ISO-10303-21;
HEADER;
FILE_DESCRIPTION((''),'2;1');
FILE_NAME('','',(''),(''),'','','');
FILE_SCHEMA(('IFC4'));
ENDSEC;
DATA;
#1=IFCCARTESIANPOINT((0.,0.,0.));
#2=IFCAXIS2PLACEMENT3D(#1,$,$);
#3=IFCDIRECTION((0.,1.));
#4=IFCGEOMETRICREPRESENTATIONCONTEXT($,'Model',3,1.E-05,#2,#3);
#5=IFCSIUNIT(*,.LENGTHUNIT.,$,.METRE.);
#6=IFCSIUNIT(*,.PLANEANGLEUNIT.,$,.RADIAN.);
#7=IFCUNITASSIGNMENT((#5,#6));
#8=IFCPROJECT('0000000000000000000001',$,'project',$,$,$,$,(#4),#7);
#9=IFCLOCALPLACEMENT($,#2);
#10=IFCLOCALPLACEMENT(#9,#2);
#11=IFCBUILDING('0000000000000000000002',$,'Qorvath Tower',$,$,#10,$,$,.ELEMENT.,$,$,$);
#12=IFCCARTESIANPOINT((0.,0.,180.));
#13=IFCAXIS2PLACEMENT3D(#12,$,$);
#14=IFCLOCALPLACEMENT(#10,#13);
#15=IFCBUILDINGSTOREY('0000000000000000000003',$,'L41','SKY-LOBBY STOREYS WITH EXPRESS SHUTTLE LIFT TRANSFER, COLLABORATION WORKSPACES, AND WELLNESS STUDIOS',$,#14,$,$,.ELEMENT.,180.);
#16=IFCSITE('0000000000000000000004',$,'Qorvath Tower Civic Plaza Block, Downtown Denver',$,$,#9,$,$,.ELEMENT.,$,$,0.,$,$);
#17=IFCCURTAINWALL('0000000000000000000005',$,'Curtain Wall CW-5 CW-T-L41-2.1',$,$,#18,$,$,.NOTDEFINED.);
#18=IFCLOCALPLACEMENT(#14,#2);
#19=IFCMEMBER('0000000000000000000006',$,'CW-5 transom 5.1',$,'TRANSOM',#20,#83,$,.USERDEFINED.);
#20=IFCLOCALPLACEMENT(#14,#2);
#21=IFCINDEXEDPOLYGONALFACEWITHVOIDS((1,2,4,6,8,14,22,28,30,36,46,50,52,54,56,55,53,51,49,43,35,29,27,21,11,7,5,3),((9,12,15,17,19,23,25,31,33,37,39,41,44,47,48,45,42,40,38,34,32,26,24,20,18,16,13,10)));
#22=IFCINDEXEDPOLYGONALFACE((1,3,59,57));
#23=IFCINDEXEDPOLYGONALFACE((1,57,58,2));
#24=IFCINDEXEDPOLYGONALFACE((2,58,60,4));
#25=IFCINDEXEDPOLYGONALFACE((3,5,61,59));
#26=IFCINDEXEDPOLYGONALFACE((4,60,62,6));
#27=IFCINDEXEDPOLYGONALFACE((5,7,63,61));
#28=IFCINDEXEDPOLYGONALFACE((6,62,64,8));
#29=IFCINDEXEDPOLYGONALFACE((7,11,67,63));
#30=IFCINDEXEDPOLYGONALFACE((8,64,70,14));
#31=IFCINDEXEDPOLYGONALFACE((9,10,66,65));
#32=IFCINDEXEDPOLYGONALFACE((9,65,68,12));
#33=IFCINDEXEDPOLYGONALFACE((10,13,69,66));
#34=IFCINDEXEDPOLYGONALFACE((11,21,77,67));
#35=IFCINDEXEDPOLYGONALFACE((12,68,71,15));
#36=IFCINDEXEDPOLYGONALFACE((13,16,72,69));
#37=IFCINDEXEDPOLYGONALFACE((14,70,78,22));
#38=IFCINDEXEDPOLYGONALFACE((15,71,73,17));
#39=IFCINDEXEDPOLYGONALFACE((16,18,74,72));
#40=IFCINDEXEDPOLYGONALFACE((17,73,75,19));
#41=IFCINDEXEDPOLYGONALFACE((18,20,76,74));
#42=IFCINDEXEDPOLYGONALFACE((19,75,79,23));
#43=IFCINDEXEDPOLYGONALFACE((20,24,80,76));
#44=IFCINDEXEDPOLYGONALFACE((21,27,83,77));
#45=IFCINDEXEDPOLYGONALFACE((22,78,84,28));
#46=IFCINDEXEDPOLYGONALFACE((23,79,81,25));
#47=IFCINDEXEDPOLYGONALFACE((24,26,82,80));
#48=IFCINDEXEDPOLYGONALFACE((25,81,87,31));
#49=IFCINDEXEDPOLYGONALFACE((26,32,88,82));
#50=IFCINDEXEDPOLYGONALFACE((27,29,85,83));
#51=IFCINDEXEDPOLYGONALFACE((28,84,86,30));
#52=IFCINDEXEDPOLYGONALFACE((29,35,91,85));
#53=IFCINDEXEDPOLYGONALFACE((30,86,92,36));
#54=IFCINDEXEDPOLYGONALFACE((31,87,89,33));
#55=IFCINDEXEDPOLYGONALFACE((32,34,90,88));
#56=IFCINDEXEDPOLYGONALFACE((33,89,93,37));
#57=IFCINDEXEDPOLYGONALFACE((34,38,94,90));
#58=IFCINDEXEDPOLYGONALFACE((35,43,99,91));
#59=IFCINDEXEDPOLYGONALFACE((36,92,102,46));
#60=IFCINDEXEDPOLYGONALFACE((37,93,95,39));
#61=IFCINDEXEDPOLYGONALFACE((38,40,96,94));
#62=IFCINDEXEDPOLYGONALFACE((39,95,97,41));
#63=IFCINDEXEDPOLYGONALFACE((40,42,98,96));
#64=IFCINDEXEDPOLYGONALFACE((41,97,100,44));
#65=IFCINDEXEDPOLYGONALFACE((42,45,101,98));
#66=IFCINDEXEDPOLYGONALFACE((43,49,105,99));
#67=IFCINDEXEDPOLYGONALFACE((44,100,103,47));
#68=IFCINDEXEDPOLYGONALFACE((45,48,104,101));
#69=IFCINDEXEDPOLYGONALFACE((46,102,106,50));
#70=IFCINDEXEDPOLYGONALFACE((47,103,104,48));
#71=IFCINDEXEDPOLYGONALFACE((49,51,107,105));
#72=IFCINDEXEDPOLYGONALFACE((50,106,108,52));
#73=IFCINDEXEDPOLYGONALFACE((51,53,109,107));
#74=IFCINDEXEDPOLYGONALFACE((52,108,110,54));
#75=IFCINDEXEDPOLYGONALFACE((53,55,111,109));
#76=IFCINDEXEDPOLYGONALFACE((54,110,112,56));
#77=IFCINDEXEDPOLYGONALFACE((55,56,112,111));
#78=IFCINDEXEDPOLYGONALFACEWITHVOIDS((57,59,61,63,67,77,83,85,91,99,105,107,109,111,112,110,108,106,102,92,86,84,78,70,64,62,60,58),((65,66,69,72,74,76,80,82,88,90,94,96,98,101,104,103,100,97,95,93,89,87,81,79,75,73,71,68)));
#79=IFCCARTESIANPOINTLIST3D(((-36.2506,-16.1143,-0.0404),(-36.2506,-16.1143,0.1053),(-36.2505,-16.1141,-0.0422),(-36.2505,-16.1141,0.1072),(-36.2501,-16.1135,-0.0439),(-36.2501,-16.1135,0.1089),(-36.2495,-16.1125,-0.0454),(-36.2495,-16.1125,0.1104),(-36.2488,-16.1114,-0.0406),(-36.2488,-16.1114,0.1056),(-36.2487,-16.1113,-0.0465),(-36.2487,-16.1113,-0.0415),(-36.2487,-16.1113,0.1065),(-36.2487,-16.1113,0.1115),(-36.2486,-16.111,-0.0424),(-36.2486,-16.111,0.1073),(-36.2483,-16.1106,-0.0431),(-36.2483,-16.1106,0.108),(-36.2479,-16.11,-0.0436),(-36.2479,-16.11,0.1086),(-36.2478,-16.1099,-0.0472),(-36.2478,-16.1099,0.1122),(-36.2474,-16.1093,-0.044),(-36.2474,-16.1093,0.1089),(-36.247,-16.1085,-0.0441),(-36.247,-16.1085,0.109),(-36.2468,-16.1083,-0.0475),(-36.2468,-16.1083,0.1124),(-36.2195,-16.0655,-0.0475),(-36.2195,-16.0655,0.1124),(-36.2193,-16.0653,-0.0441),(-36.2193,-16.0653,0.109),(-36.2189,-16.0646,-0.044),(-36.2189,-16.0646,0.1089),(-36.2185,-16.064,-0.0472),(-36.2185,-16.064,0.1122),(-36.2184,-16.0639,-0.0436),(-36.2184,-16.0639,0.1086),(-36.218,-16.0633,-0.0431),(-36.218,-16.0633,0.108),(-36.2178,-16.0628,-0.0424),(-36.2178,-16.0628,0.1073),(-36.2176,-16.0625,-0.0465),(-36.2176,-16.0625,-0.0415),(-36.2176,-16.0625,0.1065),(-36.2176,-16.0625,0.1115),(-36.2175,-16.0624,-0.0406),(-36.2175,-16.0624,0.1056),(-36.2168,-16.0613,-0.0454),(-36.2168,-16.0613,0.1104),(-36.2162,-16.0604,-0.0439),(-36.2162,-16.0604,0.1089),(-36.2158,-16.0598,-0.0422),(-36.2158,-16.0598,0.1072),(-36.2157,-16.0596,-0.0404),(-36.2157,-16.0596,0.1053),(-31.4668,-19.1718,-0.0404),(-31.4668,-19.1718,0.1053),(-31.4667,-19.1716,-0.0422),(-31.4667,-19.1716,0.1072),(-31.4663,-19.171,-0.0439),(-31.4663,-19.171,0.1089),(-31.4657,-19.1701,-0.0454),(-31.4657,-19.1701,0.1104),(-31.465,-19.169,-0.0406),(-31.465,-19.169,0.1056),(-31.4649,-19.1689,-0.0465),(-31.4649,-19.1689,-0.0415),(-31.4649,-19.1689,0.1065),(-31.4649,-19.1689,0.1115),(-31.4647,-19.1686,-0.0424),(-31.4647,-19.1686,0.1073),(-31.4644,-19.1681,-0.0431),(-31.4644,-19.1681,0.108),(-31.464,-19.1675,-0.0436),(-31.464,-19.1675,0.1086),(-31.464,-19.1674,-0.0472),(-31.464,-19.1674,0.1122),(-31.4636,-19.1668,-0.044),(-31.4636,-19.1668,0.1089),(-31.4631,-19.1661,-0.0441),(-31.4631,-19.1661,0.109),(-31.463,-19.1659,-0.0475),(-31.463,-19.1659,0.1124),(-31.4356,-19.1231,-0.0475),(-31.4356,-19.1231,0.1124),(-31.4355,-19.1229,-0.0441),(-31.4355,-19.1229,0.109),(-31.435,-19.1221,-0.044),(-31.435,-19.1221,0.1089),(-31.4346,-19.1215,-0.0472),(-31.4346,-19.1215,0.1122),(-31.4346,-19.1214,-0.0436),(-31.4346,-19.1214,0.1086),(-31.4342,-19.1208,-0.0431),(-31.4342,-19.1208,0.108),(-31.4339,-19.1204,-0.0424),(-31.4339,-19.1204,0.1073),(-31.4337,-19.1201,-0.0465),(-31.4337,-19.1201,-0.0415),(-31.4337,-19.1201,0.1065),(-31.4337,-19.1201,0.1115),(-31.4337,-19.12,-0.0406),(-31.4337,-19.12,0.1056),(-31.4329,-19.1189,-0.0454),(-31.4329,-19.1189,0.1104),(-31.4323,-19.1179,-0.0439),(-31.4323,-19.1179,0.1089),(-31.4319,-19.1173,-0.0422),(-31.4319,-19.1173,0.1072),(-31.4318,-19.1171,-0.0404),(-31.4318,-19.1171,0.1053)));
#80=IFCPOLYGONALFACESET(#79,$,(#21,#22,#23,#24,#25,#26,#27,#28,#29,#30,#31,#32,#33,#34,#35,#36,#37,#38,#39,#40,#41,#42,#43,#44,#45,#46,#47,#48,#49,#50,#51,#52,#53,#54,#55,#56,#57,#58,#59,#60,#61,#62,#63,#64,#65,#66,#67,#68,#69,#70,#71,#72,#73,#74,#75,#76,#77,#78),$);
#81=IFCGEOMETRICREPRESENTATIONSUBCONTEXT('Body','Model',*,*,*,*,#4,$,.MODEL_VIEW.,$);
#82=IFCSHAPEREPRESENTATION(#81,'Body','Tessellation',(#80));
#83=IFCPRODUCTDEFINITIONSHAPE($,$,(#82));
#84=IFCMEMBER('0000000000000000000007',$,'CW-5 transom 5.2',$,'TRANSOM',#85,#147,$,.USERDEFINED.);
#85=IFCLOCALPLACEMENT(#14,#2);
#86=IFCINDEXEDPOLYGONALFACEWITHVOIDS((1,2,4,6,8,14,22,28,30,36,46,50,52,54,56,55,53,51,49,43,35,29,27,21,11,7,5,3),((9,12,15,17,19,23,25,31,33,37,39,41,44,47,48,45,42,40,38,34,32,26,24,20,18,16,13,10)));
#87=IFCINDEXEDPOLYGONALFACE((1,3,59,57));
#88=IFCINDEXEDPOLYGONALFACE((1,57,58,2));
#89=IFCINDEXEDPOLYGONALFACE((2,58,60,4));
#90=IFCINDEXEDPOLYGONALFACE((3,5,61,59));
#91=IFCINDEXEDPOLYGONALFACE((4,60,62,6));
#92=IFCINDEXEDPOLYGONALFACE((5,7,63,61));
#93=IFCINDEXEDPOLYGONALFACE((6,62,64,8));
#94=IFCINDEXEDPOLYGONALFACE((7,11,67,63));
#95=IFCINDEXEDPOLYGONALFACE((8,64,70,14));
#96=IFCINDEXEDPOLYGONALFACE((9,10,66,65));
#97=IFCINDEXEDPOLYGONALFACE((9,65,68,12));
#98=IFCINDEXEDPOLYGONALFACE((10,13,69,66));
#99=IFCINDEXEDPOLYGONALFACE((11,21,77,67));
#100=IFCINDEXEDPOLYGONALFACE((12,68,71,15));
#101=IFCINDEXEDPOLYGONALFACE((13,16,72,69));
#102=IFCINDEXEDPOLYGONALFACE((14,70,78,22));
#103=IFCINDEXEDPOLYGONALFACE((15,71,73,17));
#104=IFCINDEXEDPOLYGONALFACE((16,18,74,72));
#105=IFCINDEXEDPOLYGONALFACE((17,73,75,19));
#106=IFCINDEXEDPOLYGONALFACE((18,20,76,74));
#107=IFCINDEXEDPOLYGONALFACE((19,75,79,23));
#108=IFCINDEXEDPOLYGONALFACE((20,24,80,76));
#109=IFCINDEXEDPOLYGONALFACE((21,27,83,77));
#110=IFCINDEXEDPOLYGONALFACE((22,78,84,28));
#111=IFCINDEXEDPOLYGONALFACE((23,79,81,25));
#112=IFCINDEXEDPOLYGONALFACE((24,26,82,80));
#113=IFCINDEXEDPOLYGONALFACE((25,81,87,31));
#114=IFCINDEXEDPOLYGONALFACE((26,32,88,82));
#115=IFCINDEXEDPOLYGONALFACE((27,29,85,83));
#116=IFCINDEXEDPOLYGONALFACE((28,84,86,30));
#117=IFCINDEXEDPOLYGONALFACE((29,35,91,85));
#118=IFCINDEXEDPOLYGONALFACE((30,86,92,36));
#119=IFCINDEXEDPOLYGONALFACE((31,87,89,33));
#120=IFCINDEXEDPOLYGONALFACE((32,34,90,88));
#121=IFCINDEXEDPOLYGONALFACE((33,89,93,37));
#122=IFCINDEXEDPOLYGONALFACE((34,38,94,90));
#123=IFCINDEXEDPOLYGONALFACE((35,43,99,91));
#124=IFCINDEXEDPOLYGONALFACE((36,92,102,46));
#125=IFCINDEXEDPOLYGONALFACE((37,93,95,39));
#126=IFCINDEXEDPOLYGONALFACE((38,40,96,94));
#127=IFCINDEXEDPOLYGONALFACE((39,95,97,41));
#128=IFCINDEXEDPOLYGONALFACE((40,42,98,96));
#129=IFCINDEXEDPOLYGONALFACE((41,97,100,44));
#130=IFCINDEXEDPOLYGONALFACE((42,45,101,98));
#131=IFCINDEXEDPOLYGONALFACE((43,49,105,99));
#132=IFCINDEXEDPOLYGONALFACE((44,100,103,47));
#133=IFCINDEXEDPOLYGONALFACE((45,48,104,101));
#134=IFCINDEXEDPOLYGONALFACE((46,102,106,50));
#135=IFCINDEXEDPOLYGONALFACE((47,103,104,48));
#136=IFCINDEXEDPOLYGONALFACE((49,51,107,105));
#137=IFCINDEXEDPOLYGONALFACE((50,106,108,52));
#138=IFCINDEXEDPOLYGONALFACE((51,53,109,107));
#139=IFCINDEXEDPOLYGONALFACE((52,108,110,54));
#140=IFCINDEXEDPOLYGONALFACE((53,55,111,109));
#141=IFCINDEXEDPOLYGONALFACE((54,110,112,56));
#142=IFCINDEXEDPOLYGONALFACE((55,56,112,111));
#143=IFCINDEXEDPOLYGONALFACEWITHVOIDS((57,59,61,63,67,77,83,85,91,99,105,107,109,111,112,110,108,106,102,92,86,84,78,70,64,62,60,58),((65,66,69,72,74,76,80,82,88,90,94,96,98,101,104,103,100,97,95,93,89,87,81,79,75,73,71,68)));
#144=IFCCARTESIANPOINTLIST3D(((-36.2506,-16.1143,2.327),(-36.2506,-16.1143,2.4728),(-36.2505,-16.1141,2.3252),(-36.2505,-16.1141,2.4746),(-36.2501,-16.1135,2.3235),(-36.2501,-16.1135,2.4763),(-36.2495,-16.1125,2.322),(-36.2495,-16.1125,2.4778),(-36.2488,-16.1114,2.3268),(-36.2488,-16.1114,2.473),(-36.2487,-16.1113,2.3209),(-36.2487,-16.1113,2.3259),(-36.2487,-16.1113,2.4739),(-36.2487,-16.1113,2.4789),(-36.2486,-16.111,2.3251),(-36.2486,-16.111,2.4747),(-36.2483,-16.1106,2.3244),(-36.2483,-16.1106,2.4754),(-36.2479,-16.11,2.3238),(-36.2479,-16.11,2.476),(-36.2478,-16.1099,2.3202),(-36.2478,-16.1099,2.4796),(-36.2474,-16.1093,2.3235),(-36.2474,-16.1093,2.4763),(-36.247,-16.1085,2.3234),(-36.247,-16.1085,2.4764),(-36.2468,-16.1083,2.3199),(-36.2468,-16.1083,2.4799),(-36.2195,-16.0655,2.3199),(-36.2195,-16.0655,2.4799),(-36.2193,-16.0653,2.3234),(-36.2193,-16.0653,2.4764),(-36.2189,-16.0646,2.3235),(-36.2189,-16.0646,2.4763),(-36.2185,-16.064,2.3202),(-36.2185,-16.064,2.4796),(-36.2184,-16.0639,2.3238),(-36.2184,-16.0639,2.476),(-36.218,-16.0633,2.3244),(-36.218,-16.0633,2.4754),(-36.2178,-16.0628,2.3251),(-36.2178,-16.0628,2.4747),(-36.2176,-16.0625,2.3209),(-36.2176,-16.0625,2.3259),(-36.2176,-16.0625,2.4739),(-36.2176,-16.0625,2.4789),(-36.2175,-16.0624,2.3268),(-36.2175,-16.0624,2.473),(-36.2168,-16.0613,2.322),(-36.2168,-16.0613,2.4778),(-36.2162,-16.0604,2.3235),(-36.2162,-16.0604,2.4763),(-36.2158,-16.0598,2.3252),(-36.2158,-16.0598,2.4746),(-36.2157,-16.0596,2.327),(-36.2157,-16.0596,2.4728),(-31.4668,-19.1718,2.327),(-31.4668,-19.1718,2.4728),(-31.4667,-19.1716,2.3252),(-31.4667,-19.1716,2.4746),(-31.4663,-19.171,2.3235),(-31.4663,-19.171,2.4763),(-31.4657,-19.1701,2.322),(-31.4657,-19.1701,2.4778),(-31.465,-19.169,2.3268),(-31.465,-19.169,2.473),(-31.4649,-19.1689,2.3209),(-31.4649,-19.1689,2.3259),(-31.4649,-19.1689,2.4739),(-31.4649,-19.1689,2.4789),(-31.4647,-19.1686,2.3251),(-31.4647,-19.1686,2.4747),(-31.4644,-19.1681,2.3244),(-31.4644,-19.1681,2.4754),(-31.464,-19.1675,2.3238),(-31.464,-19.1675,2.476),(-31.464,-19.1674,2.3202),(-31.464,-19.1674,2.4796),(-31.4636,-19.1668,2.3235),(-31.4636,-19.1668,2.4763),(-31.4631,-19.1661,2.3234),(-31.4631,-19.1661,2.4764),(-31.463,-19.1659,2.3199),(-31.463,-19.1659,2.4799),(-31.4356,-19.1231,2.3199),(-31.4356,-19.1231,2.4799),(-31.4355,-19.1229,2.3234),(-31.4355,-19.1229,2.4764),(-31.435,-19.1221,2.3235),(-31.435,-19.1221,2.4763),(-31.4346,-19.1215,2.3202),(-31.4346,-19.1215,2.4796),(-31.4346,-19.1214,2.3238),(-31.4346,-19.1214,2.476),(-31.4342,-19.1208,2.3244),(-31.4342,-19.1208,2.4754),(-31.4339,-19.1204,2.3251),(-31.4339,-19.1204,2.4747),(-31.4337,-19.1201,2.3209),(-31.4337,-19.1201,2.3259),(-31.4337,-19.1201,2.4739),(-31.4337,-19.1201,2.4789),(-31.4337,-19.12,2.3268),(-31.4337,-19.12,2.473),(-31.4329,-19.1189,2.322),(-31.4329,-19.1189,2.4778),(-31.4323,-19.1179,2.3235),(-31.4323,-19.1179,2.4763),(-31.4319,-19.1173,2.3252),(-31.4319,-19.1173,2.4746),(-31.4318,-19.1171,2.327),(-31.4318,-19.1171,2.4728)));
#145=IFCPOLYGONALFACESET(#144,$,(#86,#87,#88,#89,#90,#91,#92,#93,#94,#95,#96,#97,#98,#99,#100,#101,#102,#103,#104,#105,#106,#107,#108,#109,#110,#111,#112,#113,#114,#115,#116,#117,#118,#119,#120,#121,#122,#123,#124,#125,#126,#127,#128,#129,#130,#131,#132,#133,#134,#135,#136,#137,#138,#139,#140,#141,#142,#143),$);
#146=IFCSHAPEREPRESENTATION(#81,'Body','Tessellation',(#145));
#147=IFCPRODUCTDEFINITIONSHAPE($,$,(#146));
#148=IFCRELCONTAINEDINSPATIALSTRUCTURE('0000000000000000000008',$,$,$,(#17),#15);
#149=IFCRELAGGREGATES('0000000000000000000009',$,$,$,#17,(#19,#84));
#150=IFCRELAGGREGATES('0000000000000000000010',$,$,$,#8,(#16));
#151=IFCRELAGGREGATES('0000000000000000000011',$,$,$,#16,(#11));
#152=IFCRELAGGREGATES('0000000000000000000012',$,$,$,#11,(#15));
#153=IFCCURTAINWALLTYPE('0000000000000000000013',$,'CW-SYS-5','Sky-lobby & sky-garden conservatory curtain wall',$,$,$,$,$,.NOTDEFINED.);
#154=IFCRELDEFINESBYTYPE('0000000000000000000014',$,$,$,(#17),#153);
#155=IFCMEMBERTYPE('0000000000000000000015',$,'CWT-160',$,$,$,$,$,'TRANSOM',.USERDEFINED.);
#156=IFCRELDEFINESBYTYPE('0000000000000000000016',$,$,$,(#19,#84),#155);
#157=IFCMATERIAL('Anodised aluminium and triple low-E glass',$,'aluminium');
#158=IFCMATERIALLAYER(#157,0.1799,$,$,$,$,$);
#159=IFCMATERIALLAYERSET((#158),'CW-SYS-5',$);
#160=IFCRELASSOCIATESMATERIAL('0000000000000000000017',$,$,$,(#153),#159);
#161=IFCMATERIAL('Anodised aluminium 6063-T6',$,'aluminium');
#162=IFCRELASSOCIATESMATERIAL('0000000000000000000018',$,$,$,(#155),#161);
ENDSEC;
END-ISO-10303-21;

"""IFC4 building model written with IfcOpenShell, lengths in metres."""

from ifc_helpers import new_model, si_unit, direction, frame, origin, origin_2d, place, context, subcontext, project, spatial, hollow_rectangle, extrude, material, layer, layer_set, material_profile, profile_set, type_object, element, aggregate, save


model = new_model("IFC4")

# Units and contexts
model_context = context("Model", 3, precision=1e-05, world=origin(), true_north=direction((0.0, 1.0)))
body_context = subcontext(model_context, "Body", "Model", "MODEL_VIEW")
ifc_project = project(units=[si_unit("LENGTHUNIT", "METRE"), si_unit("PLANEANGLEUNIT", "RADIAN")], contexts=[model_context])

# Site, building, storey
site_placement = place(None, origin())
site = spatial("IfcSite", under=ifc_project, at=site_placement, Name="Qorvath Tower Civic Plaza Block, Downtown Denver", CompositionType="ELEMENT", RefElevation=0.0)
building_placement = place(site_placement, origin())
building = spatial("IfcBuilding", under=site, at=building_placement, Name="Qorvath Tower", CompositionType="ELEMENT")
storey_placement = place(building_placement, frame((0.0, 0.0, 180.0)))
storey = spatial("IfcBuildingStorey", under=building, at=storey_placement, Name="L41", Description="SKY-LOBBY STOREYS WITH EXPRESS SHUTTLE LIFT TRANSFER, COLLABORATION WORKSPACES, AND WELLNESS STUDIOS", CompositionType="ELEMENT", Elevation=180.0)

# Curtain wall, members
ifc_material_1 = material(Name="Anodised aluminium and triple low-E glass", Category="aluminium")
ifc_layer_1 = layer(ifc_material_1, 0.1799)
ifc_layer_set_1 = layer_set([ifc_layer_1], Name="CW-SYS-5")
curtain_wall_type = type_object("IfcCurtainWallType", Name="CW-SYS-5", Description="Sky-lobby & sky-garden conservatory curtain wall", PredefinedType="NOTDEFINED", material=ifc_layer_set_1)
curtain_wall_placement = place(storey_placement, origin())
curtain_wall = element("IfcCurtainWall", 1, at=curtain_wall_placement, inside=storey, type_object=curtain_wall_type, Name="Curtain Wall CW-5 CW-T-L41-2.1", PredefinedType="NOTDEFINED")
ifc_material_2 = material(Name="Anodised aluminium 6063-T6", Category="aluminium")
ifc_material_profile_1 = material_profile(ifc_material_2, hollow_rectangle(XDim=0.0649, YDim=0.1599, WallThickness=0.0034, InnerFilletRadius=0.0034, OuterFilletRadius=0.0071, at=origin_2d()), Name="CWT 160x65")
ifc_profile_set_1 = profile_set([ifc_material_profile_1], Name="Anodised aluminium 6063-T6")
member_type_1 = type_object("IfcMemberType", Name="CWT-160", ElementType="TRANSOM", PredefinedType="USERDEFINED", material=ifc_profile_set_1)
member_1_placement = place(storey_placement, frame((-36.2332, -16.0869, 0.0325), z_axis=(0.842599, -0.538541, 0.0), x_axis=(0.538541, 0.842599, 0.0)))
member_1 = element("IfcMember", 2, at=member_1_placement, type_object=member_type_1, Name="CW-5 transom 5.1", ObjectType="TRANSOM", PredefinedType="USERDEFINED", context=body_context, shape_type="SweptSolid", body=[
    extrude(hollow_rectangle(XDim=0.0649, YDim=0.1599, WallThickness=0.0034, InnerFilletRadius=0.0034, OuterFilletRadius=0.0071, at=origin_2d()), origin(), (0.0, 0.0, 1.0), 5.6775),
])
member_2_placement = place(storey_placement, frame((-36.2332, -16.0869, 2.3999), z_axis=(0.842599, -0.538541, 0.0), x_axis=(0.538541, 0.842599, 0.0)))
member_2 = element("IfcMember", 3, at=member_2_placement, type_object=member_type_1, Name="CW-5 transom 5.2", ObjectType="TRANSOM", PredefinedType="USERDEFINED", context=body_context, shape_type="SweptSolid", body=[
    extrude(hollow_rectangle(XDim=0.0649, YDim=0.1599, WallThickness=0.0034, InnerFilletRadius=0.0034, OuterFilletRadius=0.0071, at=origin_2d()), origin(), (0.0, 0.0, 1.0), 5.6775),
])
aggregate(curtain_wall, [member_1, member_2])

save(model, "model.ifc")
